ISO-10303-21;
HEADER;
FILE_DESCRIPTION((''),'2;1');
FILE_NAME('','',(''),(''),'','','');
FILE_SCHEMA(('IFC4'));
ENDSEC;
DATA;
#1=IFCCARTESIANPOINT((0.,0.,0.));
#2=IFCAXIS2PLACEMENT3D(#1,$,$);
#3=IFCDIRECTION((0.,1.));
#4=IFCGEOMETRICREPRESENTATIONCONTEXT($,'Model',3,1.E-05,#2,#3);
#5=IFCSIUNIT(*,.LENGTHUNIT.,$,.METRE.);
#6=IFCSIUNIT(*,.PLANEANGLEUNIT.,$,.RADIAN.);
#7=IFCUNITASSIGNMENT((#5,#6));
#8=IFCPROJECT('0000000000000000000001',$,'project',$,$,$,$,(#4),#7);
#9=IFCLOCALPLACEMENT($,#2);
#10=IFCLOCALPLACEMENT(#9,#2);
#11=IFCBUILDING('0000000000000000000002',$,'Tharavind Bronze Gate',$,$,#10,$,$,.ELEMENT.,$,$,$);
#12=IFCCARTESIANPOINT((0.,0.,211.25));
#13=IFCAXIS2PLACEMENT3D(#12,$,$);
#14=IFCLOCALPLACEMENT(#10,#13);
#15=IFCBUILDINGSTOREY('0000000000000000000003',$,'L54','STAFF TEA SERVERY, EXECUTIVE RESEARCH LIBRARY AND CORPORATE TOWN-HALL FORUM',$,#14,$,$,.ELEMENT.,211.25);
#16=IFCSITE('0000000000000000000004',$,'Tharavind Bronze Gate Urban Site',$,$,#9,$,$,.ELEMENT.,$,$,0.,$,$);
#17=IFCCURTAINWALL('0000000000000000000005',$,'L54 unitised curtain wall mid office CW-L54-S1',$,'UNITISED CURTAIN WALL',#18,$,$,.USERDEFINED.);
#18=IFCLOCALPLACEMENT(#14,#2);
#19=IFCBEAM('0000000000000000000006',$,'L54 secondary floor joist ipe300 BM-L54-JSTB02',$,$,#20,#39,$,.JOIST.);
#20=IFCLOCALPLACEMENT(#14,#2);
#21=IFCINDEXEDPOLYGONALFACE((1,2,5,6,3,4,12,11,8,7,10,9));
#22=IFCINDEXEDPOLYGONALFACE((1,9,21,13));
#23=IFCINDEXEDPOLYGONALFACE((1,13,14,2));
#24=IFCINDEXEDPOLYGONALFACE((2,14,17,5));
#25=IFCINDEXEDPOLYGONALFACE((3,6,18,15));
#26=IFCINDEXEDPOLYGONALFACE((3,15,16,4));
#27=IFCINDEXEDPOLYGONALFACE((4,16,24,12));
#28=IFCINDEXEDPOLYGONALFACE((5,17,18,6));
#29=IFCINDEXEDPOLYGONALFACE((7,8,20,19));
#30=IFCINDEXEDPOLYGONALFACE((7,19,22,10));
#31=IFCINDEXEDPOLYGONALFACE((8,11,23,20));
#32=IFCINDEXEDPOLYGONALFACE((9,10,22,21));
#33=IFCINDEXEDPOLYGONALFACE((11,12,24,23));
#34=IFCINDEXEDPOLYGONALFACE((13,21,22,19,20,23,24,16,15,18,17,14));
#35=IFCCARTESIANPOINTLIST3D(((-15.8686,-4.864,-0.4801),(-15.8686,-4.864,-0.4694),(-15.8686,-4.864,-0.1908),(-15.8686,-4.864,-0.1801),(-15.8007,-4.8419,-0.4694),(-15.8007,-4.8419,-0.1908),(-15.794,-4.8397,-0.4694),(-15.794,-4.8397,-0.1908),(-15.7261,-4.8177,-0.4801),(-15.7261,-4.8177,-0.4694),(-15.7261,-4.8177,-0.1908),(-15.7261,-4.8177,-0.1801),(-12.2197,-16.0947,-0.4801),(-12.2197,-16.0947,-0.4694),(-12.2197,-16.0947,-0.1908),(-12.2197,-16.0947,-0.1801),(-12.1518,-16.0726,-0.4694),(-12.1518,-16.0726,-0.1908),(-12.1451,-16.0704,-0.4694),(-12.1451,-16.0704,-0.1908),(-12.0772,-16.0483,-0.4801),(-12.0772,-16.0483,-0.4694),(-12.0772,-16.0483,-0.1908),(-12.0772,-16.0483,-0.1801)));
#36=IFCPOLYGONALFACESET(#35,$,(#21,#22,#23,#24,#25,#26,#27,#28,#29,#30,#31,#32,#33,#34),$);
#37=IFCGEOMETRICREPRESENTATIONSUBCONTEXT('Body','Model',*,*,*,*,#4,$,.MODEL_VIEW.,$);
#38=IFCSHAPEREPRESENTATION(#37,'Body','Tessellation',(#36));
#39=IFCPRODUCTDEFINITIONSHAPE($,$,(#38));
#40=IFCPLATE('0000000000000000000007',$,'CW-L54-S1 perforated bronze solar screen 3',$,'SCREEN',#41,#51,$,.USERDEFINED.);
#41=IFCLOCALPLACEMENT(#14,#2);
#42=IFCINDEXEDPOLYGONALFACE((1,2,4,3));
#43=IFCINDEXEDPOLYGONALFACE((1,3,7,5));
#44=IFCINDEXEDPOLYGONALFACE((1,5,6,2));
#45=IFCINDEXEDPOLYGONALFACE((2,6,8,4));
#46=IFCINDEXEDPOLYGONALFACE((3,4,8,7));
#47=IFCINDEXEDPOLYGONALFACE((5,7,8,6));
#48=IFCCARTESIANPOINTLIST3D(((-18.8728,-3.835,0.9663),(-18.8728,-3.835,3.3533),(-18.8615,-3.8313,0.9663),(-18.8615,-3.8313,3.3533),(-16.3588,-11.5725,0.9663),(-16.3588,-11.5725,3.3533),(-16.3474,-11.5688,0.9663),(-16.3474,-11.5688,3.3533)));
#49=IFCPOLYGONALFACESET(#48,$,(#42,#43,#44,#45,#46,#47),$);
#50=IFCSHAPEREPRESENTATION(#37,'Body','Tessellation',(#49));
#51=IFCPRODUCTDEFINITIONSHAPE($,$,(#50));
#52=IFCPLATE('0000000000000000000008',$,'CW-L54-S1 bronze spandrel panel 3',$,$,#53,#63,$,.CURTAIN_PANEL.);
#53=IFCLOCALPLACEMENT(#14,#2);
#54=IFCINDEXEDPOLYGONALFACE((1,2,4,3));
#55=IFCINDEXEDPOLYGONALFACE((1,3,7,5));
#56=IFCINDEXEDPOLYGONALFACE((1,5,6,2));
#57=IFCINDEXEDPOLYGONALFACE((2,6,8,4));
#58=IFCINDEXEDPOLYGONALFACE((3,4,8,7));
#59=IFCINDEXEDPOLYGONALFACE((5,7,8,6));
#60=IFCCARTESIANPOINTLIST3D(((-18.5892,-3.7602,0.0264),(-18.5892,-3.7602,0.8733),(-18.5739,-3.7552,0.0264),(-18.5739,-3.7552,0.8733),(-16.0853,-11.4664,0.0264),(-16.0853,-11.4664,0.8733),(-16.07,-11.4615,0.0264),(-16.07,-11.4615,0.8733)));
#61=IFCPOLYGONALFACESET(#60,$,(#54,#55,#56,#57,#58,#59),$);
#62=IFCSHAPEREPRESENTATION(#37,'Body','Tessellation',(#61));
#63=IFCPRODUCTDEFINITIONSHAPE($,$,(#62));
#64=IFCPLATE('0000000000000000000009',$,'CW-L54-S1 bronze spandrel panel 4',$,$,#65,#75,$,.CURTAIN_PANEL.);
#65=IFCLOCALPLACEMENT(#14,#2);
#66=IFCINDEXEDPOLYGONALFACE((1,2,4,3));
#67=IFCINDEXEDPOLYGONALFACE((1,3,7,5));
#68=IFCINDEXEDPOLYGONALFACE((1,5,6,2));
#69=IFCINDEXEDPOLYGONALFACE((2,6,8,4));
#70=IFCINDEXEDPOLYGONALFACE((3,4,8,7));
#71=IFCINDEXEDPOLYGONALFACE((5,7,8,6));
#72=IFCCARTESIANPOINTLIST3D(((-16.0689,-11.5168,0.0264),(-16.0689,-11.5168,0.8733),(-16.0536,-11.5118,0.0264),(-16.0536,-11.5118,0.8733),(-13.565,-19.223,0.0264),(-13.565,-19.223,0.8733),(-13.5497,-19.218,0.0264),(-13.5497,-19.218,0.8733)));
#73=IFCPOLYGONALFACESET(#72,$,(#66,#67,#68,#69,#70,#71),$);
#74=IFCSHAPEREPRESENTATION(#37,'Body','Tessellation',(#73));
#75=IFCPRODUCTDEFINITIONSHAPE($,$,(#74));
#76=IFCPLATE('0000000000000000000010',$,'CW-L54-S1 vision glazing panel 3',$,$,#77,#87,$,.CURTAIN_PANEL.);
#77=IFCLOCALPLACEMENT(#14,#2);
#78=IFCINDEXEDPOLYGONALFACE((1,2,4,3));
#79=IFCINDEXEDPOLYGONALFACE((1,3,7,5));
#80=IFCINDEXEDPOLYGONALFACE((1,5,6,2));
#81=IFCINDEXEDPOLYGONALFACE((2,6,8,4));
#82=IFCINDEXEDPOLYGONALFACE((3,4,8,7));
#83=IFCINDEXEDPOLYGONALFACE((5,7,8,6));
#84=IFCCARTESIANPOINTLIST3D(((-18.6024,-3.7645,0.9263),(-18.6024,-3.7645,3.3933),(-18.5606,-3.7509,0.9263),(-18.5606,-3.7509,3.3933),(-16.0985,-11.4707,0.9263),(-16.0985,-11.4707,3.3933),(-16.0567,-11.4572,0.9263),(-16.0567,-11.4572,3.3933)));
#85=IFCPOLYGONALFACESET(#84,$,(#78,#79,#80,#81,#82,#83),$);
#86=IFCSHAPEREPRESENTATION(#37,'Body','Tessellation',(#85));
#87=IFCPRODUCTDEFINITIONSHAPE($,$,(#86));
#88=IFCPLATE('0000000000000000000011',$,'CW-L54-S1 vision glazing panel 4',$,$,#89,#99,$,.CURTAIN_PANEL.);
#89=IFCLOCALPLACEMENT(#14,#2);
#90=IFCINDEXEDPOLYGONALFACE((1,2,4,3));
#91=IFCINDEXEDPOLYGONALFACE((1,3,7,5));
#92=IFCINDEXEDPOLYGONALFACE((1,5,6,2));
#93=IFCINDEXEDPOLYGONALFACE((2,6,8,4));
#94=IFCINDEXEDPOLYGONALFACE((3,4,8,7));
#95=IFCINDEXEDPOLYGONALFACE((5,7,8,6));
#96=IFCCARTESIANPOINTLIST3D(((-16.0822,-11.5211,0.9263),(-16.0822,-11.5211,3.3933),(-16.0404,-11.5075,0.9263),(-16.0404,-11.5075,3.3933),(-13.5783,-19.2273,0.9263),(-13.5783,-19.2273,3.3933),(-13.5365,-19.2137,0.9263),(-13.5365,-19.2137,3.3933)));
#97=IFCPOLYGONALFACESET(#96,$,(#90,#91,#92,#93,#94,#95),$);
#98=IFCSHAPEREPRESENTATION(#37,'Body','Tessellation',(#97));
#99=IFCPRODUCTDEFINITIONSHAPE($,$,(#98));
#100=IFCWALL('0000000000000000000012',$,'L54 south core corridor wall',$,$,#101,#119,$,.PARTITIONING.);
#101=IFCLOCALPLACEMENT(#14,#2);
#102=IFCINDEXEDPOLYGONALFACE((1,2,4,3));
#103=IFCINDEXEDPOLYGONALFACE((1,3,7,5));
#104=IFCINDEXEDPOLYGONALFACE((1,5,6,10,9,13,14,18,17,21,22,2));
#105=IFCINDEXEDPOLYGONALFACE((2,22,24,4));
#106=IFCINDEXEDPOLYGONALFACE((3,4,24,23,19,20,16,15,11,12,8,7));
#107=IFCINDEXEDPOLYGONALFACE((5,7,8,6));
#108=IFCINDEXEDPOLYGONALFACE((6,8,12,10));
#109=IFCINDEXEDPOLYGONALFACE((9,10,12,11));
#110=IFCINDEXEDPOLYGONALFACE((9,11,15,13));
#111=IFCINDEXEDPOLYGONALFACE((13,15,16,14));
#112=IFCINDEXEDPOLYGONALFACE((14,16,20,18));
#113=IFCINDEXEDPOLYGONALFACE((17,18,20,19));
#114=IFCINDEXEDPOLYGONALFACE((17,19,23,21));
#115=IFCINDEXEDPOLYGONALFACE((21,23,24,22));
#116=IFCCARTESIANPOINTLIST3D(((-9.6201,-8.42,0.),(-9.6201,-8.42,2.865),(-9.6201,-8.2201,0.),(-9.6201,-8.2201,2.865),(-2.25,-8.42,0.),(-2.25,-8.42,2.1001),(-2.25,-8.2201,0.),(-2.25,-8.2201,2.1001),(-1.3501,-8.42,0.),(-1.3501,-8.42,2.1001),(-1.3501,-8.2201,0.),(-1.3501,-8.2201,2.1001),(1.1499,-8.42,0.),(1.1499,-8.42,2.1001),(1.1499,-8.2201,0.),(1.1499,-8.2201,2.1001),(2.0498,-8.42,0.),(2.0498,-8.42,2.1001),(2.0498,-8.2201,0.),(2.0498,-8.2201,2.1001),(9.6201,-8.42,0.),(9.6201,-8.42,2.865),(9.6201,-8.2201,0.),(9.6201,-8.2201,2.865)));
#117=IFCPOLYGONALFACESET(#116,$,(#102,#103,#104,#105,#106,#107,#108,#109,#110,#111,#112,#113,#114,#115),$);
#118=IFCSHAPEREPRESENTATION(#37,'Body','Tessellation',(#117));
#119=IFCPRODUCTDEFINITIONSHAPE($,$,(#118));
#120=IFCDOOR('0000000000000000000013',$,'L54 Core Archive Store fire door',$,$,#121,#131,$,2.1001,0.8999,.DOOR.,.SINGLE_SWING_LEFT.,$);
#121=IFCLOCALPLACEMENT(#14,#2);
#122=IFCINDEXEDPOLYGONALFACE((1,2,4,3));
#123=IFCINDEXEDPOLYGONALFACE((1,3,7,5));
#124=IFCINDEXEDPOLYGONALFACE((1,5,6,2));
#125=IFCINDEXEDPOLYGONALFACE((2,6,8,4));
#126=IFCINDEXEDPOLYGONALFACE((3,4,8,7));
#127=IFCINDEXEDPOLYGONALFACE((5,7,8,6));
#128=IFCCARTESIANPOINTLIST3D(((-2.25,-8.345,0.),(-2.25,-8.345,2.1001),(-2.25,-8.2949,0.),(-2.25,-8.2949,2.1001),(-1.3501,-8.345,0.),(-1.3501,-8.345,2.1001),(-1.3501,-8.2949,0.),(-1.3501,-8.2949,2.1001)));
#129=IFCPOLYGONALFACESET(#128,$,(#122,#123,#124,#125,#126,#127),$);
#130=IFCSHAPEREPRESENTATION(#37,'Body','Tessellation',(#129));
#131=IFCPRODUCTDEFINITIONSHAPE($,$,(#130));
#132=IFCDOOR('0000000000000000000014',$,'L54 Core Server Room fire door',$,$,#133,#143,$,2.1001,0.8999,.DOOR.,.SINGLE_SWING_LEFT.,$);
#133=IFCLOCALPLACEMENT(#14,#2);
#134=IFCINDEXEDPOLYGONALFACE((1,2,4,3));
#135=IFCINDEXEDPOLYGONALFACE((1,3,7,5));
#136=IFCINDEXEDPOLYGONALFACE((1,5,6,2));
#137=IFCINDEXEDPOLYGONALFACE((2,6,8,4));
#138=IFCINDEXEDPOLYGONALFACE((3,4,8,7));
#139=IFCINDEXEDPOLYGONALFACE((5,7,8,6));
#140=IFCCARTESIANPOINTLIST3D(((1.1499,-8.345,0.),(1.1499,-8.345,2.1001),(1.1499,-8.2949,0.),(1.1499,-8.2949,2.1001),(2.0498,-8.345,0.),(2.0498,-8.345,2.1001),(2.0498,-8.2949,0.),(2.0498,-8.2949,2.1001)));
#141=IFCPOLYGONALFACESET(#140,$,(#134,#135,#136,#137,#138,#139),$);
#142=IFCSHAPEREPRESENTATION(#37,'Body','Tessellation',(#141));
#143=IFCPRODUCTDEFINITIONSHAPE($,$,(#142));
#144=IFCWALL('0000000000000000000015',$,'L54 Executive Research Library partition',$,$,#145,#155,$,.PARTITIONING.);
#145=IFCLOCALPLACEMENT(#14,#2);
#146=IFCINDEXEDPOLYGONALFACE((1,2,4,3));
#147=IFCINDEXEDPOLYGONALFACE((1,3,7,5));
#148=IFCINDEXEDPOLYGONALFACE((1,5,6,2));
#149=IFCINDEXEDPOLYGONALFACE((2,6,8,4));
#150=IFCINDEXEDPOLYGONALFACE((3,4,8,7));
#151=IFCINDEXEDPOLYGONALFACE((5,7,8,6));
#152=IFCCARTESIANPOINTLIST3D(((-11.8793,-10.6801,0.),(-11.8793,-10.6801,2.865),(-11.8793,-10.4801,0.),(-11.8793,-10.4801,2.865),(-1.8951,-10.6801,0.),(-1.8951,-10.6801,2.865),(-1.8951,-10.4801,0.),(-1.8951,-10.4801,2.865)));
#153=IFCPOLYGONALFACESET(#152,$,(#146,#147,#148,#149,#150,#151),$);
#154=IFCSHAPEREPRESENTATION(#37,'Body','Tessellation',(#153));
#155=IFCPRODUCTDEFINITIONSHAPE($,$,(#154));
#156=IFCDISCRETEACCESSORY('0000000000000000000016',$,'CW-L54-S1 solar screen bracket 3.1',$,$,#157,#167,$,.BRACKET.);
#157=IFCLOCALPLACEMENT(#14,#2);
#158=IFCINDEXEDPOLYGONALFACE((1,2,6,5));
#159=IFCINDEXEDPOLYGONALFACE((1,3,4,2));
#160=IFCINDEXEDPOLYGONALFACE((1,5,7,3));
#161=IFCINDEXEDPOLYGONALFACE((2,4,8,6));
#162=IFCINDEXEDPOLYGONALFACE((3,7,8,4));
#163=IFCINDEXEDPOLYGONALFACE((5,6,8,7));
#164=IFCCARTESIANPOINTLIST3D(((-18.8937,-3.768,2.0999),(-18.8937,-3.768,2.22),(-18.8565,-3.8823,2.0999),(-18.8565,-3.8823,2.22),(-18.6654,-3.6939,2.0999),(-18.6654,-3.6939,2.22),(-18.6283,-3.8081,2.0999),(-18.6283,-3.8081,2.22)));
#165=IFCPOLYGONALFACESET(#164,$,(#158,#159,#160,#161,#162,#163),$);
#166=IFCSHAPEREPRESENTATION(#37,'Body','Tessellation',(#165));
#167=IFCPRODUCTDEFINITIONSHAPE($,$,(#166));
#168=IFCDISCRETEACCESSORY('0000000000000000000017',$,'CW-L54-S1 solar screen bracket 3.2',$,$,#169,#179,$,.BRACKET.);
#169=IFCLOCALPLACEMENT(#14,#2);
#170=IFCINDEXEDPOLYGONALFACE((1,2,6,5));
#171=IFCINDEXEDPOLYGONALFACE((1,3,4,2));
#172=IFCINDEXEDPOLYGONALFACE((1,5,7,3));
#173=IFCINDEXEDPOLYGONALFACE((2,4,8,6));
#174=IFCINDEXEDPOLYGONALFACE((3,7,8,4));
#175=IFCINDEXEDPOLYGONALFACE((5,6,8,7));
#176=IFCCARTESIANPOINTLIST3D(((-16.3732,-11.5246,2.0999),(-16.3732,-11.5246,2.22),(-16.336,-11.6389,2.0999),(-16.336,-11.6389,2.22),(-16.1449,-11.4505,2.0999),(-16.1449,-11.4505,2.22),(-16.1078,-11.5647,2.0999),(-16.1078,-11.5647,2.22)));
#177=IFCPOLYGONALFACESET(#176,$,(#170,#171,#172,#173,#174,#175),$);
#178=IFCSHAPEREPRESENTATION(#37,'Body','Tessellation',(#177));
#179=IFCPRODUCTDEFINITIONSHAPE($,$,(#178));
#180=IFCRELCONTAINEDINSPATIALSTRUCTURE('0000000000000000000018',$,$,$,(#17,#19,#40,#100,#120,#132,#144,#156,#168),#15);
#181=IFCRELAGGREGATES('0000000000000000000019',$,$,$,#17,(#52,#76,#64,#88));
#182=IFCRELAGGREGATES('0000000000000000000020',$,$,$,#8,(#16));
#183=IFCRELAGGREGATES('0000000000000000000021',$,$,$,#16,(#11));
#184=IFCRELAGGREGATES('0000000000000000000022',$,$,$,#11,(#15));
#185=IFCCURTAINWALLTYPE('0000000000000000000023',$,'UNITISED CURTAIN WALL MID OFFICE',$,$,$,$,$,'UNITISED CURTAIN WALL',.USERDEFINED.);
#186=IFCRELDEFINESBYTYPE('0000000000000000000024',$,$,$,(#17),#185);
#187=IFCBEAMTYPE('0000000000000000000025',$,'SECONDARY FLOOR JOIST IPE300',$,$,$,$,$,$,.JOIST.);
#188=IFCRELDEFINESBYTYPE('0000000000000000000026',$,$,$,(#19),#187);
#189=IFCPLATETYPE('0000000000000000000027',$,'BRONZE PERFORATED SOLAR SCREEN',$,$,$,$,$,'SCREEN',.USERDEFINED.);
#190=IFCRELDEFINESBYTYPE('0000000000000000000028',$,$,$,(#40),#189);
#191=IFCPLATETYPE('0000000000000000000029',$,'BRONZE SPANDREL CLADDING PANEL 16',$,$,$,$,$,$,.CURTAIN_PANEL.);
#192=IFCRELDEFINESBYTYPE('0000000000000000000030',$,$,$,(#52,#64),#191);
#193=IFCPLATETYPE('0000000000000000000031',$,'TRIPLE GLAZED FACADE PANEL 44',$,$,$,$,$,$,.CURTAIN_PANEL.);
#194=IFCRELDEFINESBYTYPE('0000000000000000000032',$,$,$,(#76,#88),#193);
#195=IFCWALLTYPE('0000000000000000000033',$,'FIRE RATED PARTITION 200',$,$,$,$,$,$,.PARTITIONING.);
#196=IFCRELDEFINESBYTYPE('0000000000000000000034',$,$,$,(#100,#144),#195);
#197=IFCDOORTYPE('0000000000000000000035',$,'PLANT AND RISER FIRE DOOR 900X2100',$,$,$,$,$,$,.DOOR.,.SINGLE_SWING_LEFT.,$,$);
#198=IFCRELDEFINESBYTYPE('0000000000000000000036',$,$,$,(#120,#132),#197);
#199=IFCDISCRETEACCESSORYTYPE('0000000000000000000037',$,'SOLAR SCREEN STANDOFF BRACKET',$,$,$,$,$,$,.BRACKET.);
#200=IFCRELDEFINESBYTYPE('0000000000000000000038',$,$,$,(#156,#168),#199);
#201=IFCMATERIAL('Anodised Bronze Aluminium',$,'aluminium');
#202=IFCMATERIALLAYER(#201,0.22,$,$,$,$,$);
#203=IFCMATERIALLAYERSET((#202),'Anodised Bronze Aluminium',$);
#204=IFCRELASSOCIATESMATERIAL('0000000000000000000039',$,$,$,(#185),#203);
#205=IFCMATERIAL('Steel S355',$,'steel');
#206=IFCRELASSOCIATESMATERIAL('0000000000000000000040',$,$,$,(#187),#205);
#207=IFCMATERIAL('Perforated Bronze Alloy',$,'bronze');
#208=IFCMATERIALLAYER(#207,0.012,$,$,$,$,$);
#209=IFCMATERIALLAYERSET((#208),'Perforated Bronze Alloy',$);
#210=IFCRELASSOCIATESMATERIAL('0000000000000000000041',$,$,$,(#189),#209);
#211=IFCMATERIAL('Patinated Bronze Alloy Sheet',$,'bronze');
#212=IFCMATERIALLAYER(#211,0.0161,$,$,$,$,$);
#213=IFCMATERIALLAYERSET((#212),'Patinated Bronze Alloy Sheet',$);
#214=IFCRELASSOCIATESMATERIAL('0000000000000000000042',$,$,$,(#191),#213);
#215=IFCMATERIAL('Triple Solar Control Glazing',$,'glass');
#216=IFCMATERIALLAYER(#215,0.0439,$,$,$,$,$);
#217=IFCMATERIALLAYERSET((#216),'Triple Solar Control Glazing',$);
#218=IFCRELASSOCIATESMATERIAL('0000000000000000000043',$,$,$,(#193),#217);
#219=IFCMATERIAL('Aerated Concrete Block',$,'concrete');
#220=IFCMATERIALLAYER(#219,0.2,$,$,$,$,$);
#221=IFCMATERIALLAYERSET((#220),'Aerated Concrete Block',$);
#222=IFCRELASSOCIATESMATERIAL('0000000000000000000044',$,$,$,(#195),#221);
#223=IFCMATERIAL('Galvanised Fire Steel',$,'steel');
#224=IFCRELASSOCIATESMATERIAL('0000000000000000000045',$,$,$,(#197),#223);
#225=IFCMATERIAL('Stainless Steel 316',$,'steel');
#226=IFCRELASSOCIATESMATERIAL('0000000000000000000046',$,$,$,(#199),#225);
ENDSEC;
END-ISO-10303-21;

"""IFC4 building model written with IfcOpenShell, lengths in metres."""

from ifc_helpers import new_model, si_unit, direction, frame, frame_2d, origin, origin_2d, place, context, subcontext, project, spatial, rectangle, i_section, extrude, material, layer, layer_set, material_profile, profile_set, type_object, element, fill, aggregate, save


model = new_model("IFC4")

# Units and contexts
model_context = context("Model", 3, precision=1e-05, world=origin(), true_north=direction((0.0, 1.0)))
body_context = subcontext(model_context, "Body", "Model", "MODEL_VIEW")
ifc_project = project(units=[si_unit("LENGTHUNIT", "METRE"), si_unit("PLANEANGLEUNIT", "RADIAN")], contexts=[model_context])

# Site, building, storey
site_placement = place(None, origin())
site = spatial("IfcSite", under=ifc_project, at=site_placement, Name="Tharavind Bronze Gate Urban Site", CompositionType="ELEMENT", RefElevation=0.0)
building_placement = place(site_placement, origin())
building = spatial("IfcBuilding", under=site, at=building_placement, Name="Tharavind Bronze Gate", CompositionType="ELEMENT")
storey_placement = place(building_placement, frame((0.0, 0.0, 211.25)))
storey = spatial("IfcBuildingStorey", under=building, at=storey_placement, Name="L54", Description="STAFF TEA SERVERY, EXECUTIVE RESEARCH LIBRARY AND CORPORATE TOWN-HALL FORUM", CompositionType="ELEMENT", Elevation=211.25)

# Curtain wall
ifc_material_1 = material(Name="Anodised Bronze Aluminium", Category="aluminium")
ifc_layer_1 = layer(ifc_material_1, 0.22)
ifc_layer_set_1 = layer_set([ifc_layer_1], Name="Anodised Bronze Aluminium")
curtain_wall_type = type_object("IfcCurtainWallType", Name="UNITISED CURTAIN WALL MID OFFICE", ElementType="UNITISED CURTAIN WALL", PredefinedType="USERDEFINED", material=ifc_layer_set_1)
curtain_wall_placement = place(storey_placement, origin())
curtain_wall = element("IfcCurtainWall", 1, at=curtain_wall_placement, inside=storey, type_object=curtain_wall_type, Name="L54 unitised curtain wall mid office CW-L54-S1", ObjectType="UNITISED CURTAIN WALL", PredefinedType="USERDEFINED")

# Beam
ifc_material_2 = material(Name="Steel S355", Category="steel")
ifc_material_profile_1 = material_profile(ifc_material_2, i_section(OverallWidth=0.1499, OverallDepth=0.3, WebThickness=0.0071, FlangeThickness=0.0107, at=origin_2d()), Name="IPE300")
ifc_profile_set_1 = profile_set([ifc_material_profile_1], Name="Steel S355")
beam_type_1 = type_object("IfcBeamType", Name="SECONDARY FLOOR JOIST IPE300", PredefinedType="JOIST", material=ifc_profile_set_1)
beam_1_placement = place(storey_placement, frame((-15.7974, -4.8408, -0.3301), z_axis=(0.309005, -0.95106, 0.0), x_axis=(0.95106, 0.309005, 0.0)))
element("IfcBeam", 2, at=beam_1_placement, inside=storey, type_object=beam_type_1, Name="L54 secondary floor joist ipe300 BM-L54-JSTB02", PredefinedType="JOIST", context=body_context, shape_type="SweptSolid", body=[
    extrude(i_section(OverallWidth=0.1499, OverallDepth=0.3, WebThickness=0.0071, FlangeThickness=0.0107, at=origin_2d()), origin(), (0.0, 0.0, 1.0), 11.8086),
])

# Plates
ifc_material_3 = material(Name="Perforated Bronze Alloy", Category="bronze")
ifc_layer_2 = layer(ifc_material_3, 0.012)
ifc_layer_set_2 = layer_set([ifc_layer_2], Name="Perforated Bronze Alloy")
plate_type_1 = type_object("IfcPlateType", Name="BRONZE PERFORATED SOLAR SCREEN", ElementType="SCREEN", PredefinedType="USERDEFINED", material=ifc_layer_set_2)
plate_1_placement = place(storey_placement, frame((-17.6101, -7.7019, 0.9663), z_axis=(0.0, 0.0, 1.0), x_axis=(0.309017, -0.951057, 0.0)))
element("IfcPlate", 3, at=plate_1_placement, inside=storey, type_object=plate_type_1, Name="CW-L54-S1 perforated bronze solar screen 3", ObjectType="SCREEN", PredefinedType="USERDEFINED", context=body_context, shape_type="SweptSolid", body=[
    extrude(rectangle(XDim=8.1357, YDim=0.012, at=origin_2d()), origin(), (0.0, 0.0, 1.0), 2.387),
])
ifc_material_4 = material(Name="Patinated Bronze Alloy Sheet", Category="bronze")
ifc_layer_3 = layer(ifc_material_4, 0.0161)
ifc_layer_set_3 = layer_set([ifc_layer_3], Name="Patinated Bronze Alloy Sheet")
plate_type_2 = type_object("IfcPlateType", Name="BRONZE SPANDREL CLADDING PANEL 16", PredefinedType="CURTAIN_PANEL", material=ifc_layer_set_3)
plate_2_placement = place(storey_placement, frame((-17.3296, -7.6108, 0.0264), z_axis=(0.0, 0.0, 1.0), x_axis=(0.309017, -0.951057, 0.0)))
plate_2 = element("IfcPlate", 4, at=plate_2_placement, type_object=plate_type_2, Name="CW-L54-S1 bronze spandrel panel 3", PredefinedType="CURTAIN_PANEL", context=body_context, shape_type="SweptSolid", body=[
    extrude(rectangle(XDim=8.1028, YDim=0.0161, at=origin_2d()), origin(), (0.0, 0.0, 1.0), 0.8469),
])
plate_3_placement = place(storey_placement, frame((-14.8093, -15.3674, 0.0264), z_axis=(0.0, 0.0, 1.0), x_axis=(0.309017, -0.951057, 0.0)))
plate_3 = element("IfcPlate", 5, at=plate_3_placement, type_object=plate_type_2, Name="CW-L54-S1 bronze spandrel panel 4", PredefinedType="CURTAIN_PANEL", context=body_context, shape_type="SweptSolid", body=[
    extrude(rectangle(XDim=8.1028, YDim=0.0161, at=origin_2d()), origin(), (0.0, 0.0, 1.0), 0.8469),
])
ifc_material_5 = material(Name="Triple Solar Control Glazing", Category="glass")
ifc_layer_4 = layer(ifc_material_5, 0.0439)
ifc_layer_set_4 = layer_set([ifc_layer_4], Name="Triple Solar Control Glazing")
plate_type_3 = type_object("IfcPlateType", Name="TRIPLE GLAZED FACADE PANEL 44", PredefinedType="CURTAIN_PANEL", material=ifc_layer_set_4)
plate_4_placement = place(storey_placement, frame((-17.3296, -7.6108, 0.9263), z_axis=(0.0, 0.0, 1.0), x_axis=(0.309017, -0.951057, 0.0)))
plate_4 = element("IfcPlate", 6, at=plate_4_placement, type_object=plate_type_3, Name="CW-L54-S1 vision glazing panel 3", PredefinedType="CURTAIN_PANEL", context=body_context, shape_type="SweptSolid", body=[
    extrude(rectangle(XDim=8.1028, YDim=0.0439, at=origin_2d()), origin(), (0.0, 0.0, 1.0), 2.467),
])
plate_5_placement = place(storey_placement, frame((-14.8093, -15.3674, 0.9263), z_axis=(0.0, 0.0, 1.0), x_axis=(0.309017, -0.951057, 0.0)))
plate_5 = element("IfcPlate", 7, at=plate_5_placement, type_object=plate_type_3, Name="CW-L54-S1 vision glazing panel 4", PredefinedType="CURTAIN_PANEL", context=body_context, shape_type="SweptSolid", body=[
    extrude(rectangle(XDim=8.1028, YDim=0.0439, at=origin_2d()), origin(), (0.0, 0.0, 1.0), 2.467),
])
aggregate(curtain_wall, [plate_2, plate_4, plate_3, plate_5])

# Wall, openings, doors
ifc_material_6 = material(Name="Aerated Concrete Block", Category="concrete")
ifc_layer_5 = layer(ifc_material_6, 0.2)
ifc_layer_set_5 = layer_set([ifc_layer_5], Name="Aerated Concrete Block")
wall_type = type_object("IfcWallType", Name="FIRE RATED PARTITION 200", PredefinedType="PARTITIONING", material=ifc_layer_set_5)
wall_1_placement = place(storey_placement, frame((-9.6201, -8.3201, 0.0), z_axis=(0.0, 0.0, 1.0), x_axis=(1.0, 0.0, 0.0)))
wall_1 = element("IfcWall", 8, at=wall_1_placement, inside=storey, type_object=wall_type, Name="L54 south core corridor wall", PredefinedType="PARTITIONING", context=body_context, shape_type="SweptSolid", body=[
    extrude(rectangle(XDim=19.2402, YDim=0.2, at=frame_2d((9.6201, 0.0))), origin(), (0.0, 0.0, 1.0), 2.865),
])
opening_1_placement = place(wall_1_placement, frame((7.3701, 0.0, 0.0)))
opening_1 = element("IfcOpeningElement", 9, at=opening_1_placement, cuts=wall_1, PredefinedType="OPENING", context=body_context, shape_type="SweptSolid", body=[
    extrude(rectangle(XDim=0.8999, YDim=2.1001, at=frame_2d((0.45, 1.05))), frame((0.0, 0.1101, 0.0), z_axis=(0.0, -1.0, 0.0), x_axis=(1.0, 0.0, 0.0)), (0.0, 0.0, 1.0), 0.22),
])
opening_2_placement = place(wall_1_placement, frame((10.77, 0.0, 0.0)))
opening_2 = element("IfcOpeningElement", 10, at=opening_2_placement, cuts=wall_1, PredefinedType="OPENING", context=body_context, shape_type="SweptSolid", body=[
    extrude(rectangle(XDim=0.8999, YDim=2.1001, at=frame_2d((0.45, 1.05))), frame((0.0, 0.1101, 0.0), z_axis=(0.0, -1.0, 0.0), x_axis=(1.0, 0.0, 0.0)), (0.0, 0.0, 1.0), 0.22),
])
ifc_material_7 = material(Name="Galvanised Fire Steel", Category="steel")
door_type = type_object("IfcDoorType", Name="PLANT AND RISER FIRE DOOR 900X2100", OperationType="SINGLE_SWING_LEFT", PredefinedType="DOOR", material=ifc_material_7)
door_1_placement = place(opening_1_placement, frame((0.8999, 0.0, 0.0), z_axis=(0.0, 0.0, 1.0), x_axis=(-1.0, 0.0, 0.0)))
door_1 = element("IfcDoor", 11, at=door_1_placement, inside=storey, type_object=door_type, Name="L54 Core Archive Store fire door", OperationType="SINGLE_SWING_LEFT", OverallHeight=2.1001, OverallWidth=0.8999, PredefinedType="DOOR", context=body_context, shape_type="SweptSolid", body=[
    extrude(rectangle(XDim=0.8999, YDim=2.1001, at=frame_2d((0.45, 1.05))), frame((0.0, 0.0249, 0.0), z_axis=(0.0, -1.0, 0.0), x_axis=(1.0, 0.0, 0.0)), (0.0, 0.0, 1.0), 0.05),
])
fill(opening_1, door_1)
door_2_placement = place(opening_2_placement, frame((0.8999, 0.0, 0.0), z_axis=(0.0, 0.0, 1.0), x_axis=(-1.0, 0.0, 0.0)))
door_2 = element("IfcDoor", 12, at=door_2_placement, inside=storey, type_object=door_type, Name="L54 Core Server Room fire door", OperationType="SINGLE_SWING_LEFT", OverallHeight=2.1001, OverallWidth=0.8999, PredefinedType="DOOR", context=body_context, shape_type="SweptSolid", body=[
    extrude(rectangle(XDim=0.8999, YDim=2.1001, at=frame_2d((0.45, 1.05))), frame((0.0, 0.0249, 0.0), z_axis=(0.0, -1.0, 0.0), x_axis=(1.0, 0.0, 0.0)), (0.0, 0.0, 1.0), 0.05),
])
fill(opening_2, door_2)

# Wall
wall_2_placement = place(storey_placement, frame((-11.8794, -10.5801, 0.0), z_axis=(0.0, 0.0, 1.0), x_axis=(1.0, 0.0, 0.0)))
element("IfcWall", 13, at=wall_2_placement, inside=storey, type_object=wall_type, Name="L54 Executive Research Library partition", PredefinedType="PARTITIONING", context=body_context, shape_type="SweptSolid", body=[
    extrude(rectangle(XDim=9.9841, YDim=0.2, at=frame_2d((4.9922, 0.0))), origin(), (0.0, 0.0, 1.0), 2.865),
])

# Discrete accessories
ifc_material_8 = material(Name="Stainless Steel 316", Category="steel")
discrete_accessory_type = type_object("IfcDiscreteAccessoryType", Name="SOLAR SCREEN STANDOFF BRACKET", PredefinedType="BRACKET", material=ifc_material_8)
for number, where, z_axis, x_axis, name in (
    (14, (-18.761, -3.7881, 2.0999), (0.0, 0.0, 1.0), (0.309017, -0.951057, 0.0), "CW-L54-S1 solar screen bracket 3.1"),
    (15, (-16.2405, -11.5447, 2.0999), (0.0, 0.0, 1.0), (0.309017, -0.951057, 0.0), "CW-L54-S1 solar screen bracket 3.2"),
):
    element("IfcDiscreteAccessory", number, at=place(storey_placement, frame(where, z_axis=z_axis, x_axis=x_axis)), inside=storey, type_object=discrete_accessory_type, Name=name, PredefinedType="BRACKET", context=body_context, shape_type="SweptSolid", body=[
        extrude(rectangle(XDim=0.1201, YDim=0.24, at=origin_2d()), origin(), (0.0, 0.0, 1.0), 0.1201),
    ])

save(model, "model.ifc")
